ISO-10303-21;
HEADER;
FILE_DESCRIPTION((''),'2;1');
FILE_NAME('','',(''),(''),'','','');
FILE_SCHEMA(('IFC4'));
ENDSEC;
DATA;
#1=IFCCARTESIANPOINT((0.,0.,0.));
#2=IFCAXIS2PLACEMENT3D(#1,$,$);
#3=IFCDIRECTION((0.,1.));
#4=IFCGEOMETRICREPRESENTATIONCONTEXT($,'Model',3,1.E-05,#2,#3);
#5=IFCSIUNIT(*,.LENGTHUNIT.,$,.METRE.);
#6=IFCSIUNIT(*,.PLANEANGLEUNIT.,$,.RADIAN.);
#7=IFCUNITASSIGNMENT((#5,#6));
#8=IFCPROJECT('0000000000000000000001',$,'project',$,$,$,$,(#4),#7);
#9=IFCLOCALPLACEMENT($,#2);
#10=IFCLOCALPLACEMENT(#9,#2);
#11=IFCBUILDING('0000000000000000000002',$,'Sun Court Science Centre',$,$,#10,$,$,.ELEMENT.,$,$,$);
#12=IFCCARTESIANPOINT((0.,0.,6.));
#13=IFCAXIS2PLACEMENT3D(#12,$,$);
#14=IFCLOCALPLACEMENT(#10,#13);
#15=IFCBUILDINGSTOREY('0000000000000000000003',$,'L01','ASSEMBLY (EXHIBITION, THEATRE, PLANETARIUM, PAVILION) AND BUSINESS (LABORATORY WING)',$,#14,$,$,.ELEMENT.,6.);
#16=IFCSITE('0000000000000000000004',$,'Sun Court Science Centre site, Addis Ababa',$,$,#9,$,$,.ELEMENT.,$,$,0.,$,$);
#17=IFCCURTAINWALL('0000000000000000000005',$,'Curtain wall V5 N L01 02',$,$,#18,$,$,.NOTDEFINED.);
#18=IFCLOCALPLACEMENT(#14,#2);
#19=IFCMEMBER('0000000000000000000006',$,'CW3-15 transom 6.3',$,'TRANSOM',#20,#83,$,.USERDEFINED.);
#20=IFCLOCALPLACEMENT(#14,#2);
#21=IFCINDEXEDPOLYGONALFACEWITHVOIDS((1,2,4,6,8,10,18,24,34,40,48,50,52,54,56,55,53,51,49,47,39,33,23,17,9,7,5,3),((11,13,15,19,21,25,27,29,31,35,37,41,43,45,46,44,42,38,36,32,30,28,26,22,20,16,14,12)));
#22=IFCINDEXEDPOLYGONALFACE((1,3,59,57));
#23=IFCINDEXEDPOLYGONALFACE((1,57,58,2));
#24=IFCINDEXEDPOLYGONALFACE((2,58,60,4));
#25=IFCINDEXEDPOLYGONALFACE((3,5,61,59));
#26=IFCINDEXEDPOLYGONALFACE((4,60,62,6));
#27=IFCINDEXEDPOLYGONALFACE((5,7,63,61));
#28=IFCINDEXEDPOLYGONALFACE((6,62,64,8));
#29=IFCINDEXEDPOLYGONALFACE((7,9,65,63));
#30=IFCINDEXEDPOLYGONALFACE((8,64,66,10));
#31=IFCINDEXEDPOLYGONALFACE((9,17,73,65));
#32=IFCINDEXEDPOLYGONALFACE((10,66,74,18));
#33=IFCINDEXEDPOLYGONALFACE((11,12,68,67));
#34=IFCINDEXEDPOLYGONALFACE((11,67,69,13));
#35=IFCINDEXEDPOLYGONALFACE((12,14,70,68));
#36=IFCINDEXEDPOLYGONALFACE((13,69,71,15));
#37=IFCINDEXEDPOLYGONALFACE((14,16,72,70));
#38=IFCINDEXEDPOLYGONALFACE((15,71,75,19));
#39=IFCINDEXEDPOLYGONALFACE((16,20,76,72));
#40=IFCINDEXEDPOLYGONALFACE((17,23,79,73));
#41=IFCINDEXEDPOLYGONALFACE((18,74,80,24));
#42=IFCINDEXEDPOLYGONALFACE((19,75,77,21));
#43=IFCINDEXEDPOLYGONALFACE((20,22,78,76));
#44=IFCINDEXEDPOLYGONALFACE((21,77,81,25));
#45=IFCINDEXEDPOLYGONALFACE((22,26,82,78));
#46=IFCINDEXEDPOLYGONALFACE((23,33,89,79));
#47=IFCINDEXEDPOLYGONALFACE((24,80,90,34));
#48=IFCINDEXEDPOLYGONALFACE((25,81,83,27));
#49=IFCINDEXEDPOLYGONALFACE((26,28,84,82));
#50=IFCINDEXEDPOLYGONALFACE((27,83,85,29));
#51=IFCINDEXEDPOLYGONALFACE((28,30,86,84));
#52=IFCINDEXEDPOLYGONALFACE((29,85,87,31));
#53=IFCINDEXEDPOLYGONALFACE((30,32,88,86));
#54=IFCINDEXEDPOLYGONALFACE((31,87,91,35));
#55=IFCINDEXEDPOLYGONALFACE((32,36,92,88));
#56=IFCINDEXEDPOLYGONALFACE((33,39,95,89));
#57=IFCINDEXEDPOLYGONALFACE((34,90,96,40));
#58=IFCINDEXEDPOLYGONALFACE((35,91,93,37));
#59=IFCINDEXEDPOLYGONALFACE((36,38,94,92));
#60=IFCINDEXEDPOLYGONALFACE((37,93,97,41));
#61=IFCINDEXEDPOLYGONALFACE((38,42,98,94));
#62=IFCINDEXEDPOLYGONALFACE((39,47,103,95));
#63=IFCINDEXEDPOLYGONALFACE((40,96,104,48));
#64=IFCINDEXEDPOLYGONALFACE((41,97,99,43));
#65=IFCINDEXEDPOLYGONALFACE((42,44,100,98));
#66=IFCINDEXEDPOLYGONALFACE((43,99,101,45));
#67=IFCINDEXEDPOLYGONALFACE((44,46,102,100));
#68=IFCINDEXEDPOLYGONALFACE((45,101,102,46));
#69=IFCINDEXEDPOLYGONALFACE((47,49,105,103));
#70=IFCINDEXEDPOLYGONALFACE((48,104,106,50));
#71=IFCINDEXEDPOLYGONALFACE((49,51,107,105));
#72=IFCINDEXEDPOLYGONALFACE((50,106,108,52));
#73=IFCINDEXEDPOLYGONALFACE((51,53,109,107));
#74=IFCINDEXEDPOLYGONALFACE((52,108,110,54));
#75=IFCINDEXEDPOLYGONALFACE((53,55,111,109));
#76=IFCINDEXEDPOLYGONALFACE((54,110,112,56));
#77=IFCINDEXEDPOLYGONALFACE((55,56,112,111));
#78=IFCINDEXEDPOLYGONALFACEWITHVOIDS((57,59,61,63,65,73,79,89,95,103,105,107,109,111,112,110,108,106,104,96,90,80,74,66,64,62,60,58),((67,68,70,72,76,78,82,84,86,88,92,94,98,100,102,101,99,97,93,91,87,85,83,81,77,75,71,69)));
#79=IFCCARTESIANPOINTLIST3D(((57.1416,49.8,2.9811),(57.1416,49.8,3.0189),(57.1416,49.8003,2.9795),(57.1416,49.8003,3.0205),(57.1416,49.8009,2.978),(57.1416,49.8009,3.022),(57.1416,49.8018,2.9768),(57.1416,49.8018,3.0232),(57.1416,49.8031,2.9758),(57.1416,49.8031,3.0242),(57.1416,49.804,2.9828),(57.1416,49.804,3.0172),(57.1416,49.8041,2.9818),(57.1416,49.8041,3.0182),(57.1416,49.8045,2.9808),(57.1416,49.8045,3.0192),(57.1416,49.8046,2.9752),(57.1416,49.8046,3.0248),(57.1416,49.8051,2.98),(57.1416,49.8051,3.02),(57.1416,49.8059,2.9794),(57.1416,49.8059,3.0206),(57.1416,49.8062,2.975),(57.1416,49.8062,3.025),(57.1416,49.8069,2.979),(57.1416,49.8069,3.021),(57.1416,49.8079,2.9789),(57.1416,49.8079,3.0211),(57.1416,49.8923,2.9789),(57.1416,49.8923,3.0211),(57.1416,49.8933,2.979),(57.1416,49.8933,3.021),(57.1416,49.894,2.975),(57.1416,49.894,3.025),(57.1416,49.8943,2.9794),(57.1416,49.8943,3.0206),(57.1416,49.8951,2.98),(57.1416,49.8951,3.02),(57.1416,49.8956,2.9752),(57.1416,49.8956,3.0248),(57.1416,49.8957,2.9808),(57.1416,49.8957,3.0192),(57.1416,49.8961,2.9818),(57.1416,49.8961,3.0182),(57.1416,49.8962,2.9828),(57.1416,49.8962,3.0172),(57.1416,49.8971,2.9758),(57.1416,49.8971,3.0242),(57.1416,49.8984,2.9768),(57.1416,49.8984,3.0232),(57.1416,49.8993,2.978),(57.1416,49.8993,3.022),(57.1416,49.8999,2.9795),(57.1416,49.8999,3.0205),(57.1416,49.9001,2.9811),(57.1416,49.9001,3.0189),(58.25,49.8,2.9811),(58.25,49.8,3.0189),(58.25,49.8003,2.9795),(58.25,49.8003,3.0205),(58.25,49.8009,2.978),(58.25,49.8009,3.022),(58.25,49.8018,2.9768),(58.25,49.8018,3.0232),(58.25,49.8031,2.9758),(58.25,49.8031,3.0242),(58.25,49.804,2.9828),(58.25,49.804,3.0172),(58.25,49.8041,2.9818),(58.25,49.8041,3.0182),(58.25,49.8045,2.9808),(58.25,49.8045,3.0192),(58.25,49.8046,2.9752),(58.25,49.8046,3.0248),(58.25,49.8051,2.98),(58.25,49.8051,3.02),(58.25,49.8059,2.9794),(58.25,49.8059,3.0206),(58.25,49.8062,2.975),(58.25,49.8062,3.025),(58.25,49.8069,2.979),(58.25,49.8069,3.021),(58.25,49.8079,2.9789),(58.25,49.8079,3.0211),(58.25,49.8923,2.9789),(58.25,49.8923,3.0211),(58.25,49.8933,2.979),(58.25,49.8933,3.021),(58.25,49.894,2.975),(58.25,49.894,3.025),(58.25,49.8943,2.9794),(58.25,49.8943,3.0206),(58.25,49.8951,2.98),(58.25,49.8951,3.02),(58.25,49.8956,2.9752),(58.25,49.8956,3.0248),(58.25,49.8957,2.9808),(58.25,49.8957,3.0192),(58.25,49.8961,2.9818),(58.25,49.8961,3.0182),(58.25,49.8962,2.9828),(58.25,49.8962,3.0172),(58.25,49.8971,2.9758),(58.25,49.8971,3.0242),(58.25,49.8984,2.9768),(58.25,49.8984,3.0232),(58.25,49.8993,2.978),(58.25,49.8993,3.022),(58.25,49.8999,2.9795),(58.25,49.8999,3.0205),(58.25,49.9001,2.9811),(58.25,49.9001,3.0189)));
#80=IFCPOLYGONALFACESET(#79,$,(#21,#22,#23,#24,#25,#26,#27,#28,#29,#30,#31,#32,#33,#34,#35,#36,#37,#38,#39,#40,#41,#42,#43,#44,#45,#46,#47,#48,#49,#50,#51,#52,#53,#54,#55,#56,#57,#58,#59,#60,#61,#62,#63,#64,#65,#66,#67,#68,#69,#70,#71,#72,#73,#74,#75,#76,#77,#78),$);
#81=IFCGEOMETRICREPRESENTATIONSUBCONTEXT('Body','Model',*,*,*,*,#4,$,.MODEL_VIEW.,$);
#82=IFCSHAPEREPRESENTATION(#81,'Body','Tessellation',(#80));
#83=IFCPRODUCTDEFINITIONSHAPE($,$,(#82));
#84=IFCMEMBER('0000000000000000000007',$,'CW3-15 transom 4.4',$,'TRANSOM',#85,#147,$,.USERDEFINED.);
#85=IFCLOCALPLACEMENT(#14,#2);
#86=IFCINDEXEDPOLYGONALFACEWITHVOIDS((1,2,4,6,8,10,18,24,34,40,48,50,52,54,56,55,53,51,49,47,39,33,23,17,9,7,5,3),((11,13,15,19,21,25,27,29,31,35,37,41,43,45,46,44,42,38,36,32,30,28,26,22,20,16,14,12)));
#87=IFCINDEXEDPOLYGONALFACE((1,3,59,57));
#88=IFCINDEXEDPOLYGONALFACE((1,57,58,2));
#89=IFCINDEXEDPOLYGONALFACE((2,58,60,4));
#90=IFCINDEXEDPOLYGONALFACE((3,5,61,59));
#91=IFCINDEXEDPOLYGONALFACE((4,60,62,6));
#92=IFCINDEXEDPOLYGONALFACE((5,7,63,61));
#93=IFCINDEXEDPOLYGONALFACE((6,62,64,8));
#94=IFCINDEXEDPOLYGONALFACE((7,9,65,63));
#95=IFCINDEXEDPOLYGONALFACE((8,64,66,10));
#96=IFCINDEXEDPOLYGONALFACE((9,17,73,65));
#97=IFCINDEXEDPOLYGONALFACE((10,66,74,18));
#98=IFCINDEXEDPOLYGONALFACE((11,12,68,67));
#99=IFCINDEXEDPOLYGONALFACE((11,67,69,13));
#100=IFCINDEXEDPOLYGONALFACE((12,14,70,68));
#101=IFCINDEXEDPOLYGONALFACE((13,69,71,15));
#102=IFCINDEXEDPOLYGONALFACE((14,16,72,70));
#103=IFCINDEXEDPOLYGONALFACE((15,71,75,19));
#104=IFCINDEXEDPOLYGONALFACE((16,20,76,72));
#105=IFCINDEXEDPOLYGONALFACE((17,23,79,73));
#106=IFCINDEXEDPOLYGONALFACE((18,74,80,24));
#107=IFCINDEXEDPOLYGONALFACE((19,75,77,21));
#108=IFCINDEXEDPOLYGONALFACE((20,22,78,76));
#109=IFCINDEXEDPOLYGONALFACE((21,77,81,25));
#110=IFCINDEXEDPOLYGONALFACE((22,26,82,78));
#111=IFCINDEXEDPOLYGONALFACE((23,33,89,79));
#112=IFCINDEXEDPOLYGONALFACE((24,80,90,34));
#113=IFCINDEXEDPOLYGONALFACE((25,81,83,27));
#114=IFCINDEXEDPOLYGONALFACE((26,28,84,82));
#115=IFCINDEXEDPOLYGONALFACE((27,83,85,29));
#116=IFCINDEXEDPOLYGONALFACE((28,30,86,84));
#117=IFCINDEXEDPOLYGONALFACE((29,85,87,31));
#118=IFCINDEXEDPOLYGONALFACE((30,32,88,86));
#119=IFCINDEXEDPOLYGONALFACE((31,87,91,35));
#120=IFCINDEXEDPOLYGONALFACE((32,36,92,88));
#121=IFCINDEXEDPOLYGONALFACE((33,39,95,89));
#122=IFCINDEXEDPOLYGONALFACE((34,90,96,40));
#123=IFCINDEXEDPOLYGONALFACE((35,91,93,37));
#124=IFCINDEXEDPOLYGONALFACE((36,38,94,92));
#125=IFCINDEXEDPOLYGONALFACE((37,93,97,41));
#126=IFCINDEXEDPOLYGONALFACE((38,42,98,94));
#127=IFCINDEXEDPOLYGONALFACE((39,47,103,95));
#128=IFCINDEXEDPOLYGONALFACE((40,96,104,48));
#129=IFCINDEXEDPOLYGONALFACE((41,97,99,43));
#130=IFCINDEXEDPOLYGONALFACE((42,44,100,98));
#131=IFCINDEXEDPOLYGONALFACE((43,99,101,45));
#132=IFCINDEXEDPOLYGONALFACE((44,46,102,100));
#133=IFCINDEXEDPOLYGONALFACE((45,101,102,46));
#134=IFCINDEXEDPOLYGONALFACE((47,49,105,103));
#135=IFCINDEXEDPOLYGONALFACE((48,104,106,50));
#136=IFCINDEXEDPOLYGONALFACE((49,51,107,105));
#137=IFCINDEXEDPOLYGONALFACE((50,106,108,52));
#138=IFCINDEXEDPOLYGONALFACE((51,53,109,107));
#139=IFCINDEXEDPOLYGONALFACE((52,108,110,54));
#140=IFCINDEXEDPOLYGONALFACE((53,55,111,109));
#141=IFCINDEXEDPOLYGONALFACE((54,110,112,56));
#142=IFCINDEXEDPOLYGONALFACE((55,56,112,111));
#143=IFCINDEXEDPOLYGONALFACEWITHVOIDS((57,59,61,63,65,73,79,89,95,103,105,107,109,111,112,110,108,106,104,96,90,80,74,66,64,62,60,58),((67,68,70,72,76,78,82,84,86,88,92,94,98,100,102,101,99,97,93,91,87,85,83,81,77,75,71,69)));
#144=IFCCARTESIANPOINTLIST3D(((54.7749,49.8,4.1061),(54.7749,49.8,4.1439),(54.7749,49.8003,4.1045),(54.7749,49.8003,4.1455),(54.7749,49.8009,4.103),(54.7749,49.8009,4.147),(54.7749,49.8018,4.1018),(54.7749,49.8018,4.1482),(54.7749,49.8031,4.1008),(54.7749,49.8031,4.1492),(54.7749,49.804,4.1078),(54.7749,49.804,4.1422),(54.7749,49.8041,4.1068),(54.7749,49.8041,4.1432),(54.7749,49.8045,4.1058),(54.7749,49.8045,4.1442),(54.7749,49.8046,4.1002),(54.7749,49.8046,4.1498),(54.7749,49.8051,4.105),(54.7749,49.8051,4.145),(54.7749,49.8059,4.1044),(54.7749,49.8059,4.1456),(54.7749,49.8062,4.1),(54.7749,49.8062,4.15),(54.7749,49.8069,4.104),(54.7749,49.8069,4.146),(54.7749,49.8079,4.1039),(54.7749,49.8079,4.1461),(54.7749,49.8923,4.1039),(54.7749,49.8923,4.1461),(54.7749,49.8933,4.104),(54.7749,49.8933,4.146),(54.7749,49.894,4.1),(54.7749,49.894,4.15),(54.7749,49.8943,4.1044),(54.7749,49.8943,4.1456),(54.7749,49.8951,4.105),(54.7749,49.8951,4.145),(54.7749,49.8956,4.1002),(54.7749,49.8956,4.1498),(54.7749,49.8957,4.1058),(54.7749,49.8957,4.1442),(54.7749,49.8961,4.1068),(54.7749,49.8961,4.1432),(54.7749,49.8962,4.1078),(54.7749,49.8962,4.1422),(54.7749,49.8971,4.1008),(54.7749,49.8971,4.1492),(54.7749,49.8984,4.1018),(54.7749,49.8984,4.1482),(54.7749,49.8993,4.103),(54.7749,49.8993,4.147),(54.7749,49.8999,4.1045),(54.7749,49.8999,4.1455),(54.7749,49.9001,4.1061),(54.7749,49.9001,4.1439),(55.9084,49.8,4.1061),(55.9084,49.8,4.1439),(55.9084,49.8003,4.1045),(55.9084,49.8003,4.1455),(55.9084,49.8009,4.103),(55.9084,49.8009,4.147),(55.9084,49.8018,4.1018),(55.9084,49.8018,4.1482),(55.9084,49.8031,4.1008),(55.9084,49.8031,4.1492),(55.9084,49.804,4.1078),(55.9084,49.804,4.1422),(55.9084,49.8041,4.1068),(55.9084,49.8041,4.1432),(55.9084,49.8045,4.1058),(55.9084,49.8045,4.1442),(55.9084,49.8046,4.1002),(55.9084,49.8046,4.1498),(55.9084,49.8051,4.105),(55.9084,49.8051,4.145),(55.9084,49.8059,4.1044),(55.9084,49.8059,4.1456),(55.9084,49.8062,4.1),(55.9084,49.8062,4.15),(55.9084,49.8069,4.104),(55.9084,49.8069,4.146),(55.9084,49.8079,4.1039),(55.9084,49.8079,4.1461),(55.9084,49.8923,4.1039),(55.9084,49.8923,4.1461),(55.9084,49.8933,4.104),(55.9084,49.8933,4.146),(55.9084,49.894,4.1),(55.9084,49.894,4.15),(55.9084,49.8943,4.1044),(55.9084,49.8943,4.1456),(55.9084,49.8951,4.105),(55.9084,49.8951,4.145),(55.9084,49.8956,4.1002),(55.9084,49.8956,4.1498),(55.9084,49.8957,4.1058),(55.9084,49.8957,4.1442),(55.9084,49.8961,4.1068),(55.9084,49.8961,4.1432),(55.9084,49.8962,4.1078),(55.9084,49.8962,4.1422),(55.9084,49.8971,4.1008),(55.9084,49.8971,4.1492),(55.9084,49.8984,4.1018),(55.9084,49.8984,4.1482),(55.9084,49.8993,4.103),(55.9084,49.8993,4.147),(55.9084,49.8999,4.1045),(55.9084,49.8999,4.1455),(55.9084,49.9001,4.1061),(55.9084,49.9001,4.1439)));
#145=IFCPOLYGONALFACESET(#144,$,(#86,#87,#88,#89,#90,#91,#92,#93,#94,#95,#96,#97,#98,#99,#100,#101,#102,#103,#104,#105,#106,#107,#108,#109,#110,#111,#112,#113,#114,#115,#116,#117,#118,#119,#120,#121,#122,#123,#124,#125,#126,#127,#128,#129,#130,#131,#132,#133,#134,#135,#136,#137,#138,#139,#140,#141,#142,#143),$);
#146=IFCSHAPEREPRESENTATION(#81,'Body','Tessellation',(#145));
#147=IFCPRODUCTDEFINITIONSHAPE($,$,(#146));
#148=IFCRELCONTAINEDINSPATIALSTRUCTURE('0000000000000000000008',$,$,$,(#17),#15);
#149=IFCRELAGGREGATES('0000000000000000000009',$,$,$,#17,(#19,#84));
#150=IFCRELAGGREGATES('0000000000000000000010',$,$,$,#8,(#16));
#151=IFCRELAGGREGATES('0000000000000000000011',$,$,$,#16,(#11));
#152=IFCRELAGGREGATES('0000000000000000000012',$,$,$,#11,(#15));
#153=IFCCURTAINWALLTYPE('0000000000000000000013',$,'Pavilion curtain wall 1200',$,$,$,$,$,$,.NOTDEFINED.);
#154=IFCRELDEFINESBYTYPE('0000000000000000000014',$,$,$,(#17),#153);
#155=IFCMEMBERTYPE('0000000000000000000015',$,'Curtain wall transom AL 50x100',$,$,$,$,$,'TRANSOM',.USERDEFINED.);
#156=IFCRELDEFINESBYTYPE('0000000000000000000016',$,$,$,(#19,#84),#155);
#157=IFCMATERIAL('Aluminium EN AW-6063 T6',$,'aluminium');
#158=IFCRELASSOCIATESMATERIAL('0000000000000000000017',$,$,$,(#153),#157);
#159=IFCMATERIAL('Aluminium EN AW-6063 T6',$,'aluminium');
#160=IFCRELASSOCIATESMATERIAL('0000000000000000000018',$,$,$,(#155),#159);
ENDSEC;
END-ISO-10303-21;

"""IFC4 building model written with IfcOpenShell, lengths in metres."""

from ifc_helpers import new_model, si_unit, direction, frame, origin, origin_2d, place, context, subcontext, project, spatial, hollow_rectangle, extrude, material, material_profile, profile_set, type_object, element, aggregate, save


model = new_model("IFC4")

# Units and contexts
model_context = context("Model", 3, precision=1e-05, world=origin(), true_north=direction((0.0, 1.0)))
body_context = subcontext(model_context, "Body", "Model", "MODEL_VIEW")
ifc_project = project(units=[si_unit("LENGTHUNIT", "METRE"), si_unit("PLANEANGLEUNIT", "RADIAN")], contexts=[model_context])

# Site, building, storey
site_placement = place(None, origin())
site = spatial("IfcSite", under=ifc_project, at=site_placement, Name="Sun Court Science Centre site, Addis Ababa", CompositionType="ELEMENT", RefElevation=0.0)
building_placement = place(site_placement, origin())
building = spatial("IfcBuilding", under=site, at=building_placement, Name="Sun Court Science Centre", CompositionType="ELEMENT")
storey_placement = place(building_placement, frame((0.0, 0.0, 6.0)))
storey = spatial("IfcBuildingStorey", under=building, at=storey_placement, Name="L01", Description="ASSEMBLY (EXHIBITION, THEATRE, PLANETARIUM, PAVILION) AND BUSINESS (LABORATORY WING)", CompositionType="ELEMENT", Elevation=6.0)

# Curtain wall
ifc_material_1 = material(Name="Aluminium EN AW-6063 T6", Category="aluminium")
curtain_wall_type = type_object("IfcCurtainWallType", Name="Pavilion curtain wall 1200", PredefinedType="NOTDEFINED", material=ifc_material_1)
curtain_wall_1_placement = place(storey_placement, origin())
curtain_wall_1 = element("IfcCurtainWall", 1, at=curtain_wall_1_placement, inside=storey, type_object=curtain_wall_type, Name="Curtain wall V5 N L01 02", PredefinedType="NOTDEFINED")

# Members
ifc_material_2 = material(Name="Aluminium EN AW-6063 T6", Category="aluminium")
ifc_material_profile_1 = material_profile(ifc_material_2, hollow_rectangle(XDim=0.05, YDim=0.1001, WallThickness=0.0039, InnerFilletRadius=0.0039, OuterFilletRadius=0.0061, at=origin_2d()), Name="AL 50x100x4")
ifc_profile_set_1 = profile_set([ifc_material_profile_1], Name="Aluminium EN AW-6063 T6")
member_type_1 = type_object("IfcMemberType", Name="Curtain wall transom AL 50x100", ElementType="TRANSOM", PredefinedType="USERDEFINED", material=ifc_profile_set_1)
member_1_placement = place(storey_placement, frame((57.1416, 49.8501, 3.0), z_axis=(1.0, 0.0, 0.0), x_axis=(0.0, 0.0, 1.0)))
member_1 = element("IfcMember", 2, at=member_1_placement, type_object=member_type_1, Name="CW3-15 transom 6.3", ObjectType="TRANSOM", PredefinedType="USERDEFINED", context=body_context, shape_type="SweptSolid", body=[
    extrude(hollow_rectangle(XDim=0.05, YDim=0.1001, WallThickness=0.0039, InnerFilletRadius=0.0039, OuterFilletRadius=0.0061, at=origin_2d()), origin(), (0.0, 0.0, 1.0), 1.1084),
])
member_2_placement = place(storey_placement, frame((54.7749, 49.8501, 4.125), z_axis=(1.0, 0.0, 0.0), x_axis=(0.0, 0.0, 1.0)))
member_2 = element("IfcMember", 3, at=member_2_placement, type_object=member_type_1, Name="CW3-15 transom 4.4", ObjectType="TRANSOM", PredefinedType="USERDEFINED", context=body_context, shape_type="SweptSolid", body=[
    extrude(hollow_rectangle(XDim=0.05, YDim=0.1001, WallThickness=0.0039, InnerFilletRadius=0.0039, OuterFilletRadius=0.0061, at=origin_2d()), origin(), (0.0, 0.0, 1.0), 1.1335),
])

aggregate(curtain_wall_1, [member_1, member_2])

save(model, "model.ifc")
